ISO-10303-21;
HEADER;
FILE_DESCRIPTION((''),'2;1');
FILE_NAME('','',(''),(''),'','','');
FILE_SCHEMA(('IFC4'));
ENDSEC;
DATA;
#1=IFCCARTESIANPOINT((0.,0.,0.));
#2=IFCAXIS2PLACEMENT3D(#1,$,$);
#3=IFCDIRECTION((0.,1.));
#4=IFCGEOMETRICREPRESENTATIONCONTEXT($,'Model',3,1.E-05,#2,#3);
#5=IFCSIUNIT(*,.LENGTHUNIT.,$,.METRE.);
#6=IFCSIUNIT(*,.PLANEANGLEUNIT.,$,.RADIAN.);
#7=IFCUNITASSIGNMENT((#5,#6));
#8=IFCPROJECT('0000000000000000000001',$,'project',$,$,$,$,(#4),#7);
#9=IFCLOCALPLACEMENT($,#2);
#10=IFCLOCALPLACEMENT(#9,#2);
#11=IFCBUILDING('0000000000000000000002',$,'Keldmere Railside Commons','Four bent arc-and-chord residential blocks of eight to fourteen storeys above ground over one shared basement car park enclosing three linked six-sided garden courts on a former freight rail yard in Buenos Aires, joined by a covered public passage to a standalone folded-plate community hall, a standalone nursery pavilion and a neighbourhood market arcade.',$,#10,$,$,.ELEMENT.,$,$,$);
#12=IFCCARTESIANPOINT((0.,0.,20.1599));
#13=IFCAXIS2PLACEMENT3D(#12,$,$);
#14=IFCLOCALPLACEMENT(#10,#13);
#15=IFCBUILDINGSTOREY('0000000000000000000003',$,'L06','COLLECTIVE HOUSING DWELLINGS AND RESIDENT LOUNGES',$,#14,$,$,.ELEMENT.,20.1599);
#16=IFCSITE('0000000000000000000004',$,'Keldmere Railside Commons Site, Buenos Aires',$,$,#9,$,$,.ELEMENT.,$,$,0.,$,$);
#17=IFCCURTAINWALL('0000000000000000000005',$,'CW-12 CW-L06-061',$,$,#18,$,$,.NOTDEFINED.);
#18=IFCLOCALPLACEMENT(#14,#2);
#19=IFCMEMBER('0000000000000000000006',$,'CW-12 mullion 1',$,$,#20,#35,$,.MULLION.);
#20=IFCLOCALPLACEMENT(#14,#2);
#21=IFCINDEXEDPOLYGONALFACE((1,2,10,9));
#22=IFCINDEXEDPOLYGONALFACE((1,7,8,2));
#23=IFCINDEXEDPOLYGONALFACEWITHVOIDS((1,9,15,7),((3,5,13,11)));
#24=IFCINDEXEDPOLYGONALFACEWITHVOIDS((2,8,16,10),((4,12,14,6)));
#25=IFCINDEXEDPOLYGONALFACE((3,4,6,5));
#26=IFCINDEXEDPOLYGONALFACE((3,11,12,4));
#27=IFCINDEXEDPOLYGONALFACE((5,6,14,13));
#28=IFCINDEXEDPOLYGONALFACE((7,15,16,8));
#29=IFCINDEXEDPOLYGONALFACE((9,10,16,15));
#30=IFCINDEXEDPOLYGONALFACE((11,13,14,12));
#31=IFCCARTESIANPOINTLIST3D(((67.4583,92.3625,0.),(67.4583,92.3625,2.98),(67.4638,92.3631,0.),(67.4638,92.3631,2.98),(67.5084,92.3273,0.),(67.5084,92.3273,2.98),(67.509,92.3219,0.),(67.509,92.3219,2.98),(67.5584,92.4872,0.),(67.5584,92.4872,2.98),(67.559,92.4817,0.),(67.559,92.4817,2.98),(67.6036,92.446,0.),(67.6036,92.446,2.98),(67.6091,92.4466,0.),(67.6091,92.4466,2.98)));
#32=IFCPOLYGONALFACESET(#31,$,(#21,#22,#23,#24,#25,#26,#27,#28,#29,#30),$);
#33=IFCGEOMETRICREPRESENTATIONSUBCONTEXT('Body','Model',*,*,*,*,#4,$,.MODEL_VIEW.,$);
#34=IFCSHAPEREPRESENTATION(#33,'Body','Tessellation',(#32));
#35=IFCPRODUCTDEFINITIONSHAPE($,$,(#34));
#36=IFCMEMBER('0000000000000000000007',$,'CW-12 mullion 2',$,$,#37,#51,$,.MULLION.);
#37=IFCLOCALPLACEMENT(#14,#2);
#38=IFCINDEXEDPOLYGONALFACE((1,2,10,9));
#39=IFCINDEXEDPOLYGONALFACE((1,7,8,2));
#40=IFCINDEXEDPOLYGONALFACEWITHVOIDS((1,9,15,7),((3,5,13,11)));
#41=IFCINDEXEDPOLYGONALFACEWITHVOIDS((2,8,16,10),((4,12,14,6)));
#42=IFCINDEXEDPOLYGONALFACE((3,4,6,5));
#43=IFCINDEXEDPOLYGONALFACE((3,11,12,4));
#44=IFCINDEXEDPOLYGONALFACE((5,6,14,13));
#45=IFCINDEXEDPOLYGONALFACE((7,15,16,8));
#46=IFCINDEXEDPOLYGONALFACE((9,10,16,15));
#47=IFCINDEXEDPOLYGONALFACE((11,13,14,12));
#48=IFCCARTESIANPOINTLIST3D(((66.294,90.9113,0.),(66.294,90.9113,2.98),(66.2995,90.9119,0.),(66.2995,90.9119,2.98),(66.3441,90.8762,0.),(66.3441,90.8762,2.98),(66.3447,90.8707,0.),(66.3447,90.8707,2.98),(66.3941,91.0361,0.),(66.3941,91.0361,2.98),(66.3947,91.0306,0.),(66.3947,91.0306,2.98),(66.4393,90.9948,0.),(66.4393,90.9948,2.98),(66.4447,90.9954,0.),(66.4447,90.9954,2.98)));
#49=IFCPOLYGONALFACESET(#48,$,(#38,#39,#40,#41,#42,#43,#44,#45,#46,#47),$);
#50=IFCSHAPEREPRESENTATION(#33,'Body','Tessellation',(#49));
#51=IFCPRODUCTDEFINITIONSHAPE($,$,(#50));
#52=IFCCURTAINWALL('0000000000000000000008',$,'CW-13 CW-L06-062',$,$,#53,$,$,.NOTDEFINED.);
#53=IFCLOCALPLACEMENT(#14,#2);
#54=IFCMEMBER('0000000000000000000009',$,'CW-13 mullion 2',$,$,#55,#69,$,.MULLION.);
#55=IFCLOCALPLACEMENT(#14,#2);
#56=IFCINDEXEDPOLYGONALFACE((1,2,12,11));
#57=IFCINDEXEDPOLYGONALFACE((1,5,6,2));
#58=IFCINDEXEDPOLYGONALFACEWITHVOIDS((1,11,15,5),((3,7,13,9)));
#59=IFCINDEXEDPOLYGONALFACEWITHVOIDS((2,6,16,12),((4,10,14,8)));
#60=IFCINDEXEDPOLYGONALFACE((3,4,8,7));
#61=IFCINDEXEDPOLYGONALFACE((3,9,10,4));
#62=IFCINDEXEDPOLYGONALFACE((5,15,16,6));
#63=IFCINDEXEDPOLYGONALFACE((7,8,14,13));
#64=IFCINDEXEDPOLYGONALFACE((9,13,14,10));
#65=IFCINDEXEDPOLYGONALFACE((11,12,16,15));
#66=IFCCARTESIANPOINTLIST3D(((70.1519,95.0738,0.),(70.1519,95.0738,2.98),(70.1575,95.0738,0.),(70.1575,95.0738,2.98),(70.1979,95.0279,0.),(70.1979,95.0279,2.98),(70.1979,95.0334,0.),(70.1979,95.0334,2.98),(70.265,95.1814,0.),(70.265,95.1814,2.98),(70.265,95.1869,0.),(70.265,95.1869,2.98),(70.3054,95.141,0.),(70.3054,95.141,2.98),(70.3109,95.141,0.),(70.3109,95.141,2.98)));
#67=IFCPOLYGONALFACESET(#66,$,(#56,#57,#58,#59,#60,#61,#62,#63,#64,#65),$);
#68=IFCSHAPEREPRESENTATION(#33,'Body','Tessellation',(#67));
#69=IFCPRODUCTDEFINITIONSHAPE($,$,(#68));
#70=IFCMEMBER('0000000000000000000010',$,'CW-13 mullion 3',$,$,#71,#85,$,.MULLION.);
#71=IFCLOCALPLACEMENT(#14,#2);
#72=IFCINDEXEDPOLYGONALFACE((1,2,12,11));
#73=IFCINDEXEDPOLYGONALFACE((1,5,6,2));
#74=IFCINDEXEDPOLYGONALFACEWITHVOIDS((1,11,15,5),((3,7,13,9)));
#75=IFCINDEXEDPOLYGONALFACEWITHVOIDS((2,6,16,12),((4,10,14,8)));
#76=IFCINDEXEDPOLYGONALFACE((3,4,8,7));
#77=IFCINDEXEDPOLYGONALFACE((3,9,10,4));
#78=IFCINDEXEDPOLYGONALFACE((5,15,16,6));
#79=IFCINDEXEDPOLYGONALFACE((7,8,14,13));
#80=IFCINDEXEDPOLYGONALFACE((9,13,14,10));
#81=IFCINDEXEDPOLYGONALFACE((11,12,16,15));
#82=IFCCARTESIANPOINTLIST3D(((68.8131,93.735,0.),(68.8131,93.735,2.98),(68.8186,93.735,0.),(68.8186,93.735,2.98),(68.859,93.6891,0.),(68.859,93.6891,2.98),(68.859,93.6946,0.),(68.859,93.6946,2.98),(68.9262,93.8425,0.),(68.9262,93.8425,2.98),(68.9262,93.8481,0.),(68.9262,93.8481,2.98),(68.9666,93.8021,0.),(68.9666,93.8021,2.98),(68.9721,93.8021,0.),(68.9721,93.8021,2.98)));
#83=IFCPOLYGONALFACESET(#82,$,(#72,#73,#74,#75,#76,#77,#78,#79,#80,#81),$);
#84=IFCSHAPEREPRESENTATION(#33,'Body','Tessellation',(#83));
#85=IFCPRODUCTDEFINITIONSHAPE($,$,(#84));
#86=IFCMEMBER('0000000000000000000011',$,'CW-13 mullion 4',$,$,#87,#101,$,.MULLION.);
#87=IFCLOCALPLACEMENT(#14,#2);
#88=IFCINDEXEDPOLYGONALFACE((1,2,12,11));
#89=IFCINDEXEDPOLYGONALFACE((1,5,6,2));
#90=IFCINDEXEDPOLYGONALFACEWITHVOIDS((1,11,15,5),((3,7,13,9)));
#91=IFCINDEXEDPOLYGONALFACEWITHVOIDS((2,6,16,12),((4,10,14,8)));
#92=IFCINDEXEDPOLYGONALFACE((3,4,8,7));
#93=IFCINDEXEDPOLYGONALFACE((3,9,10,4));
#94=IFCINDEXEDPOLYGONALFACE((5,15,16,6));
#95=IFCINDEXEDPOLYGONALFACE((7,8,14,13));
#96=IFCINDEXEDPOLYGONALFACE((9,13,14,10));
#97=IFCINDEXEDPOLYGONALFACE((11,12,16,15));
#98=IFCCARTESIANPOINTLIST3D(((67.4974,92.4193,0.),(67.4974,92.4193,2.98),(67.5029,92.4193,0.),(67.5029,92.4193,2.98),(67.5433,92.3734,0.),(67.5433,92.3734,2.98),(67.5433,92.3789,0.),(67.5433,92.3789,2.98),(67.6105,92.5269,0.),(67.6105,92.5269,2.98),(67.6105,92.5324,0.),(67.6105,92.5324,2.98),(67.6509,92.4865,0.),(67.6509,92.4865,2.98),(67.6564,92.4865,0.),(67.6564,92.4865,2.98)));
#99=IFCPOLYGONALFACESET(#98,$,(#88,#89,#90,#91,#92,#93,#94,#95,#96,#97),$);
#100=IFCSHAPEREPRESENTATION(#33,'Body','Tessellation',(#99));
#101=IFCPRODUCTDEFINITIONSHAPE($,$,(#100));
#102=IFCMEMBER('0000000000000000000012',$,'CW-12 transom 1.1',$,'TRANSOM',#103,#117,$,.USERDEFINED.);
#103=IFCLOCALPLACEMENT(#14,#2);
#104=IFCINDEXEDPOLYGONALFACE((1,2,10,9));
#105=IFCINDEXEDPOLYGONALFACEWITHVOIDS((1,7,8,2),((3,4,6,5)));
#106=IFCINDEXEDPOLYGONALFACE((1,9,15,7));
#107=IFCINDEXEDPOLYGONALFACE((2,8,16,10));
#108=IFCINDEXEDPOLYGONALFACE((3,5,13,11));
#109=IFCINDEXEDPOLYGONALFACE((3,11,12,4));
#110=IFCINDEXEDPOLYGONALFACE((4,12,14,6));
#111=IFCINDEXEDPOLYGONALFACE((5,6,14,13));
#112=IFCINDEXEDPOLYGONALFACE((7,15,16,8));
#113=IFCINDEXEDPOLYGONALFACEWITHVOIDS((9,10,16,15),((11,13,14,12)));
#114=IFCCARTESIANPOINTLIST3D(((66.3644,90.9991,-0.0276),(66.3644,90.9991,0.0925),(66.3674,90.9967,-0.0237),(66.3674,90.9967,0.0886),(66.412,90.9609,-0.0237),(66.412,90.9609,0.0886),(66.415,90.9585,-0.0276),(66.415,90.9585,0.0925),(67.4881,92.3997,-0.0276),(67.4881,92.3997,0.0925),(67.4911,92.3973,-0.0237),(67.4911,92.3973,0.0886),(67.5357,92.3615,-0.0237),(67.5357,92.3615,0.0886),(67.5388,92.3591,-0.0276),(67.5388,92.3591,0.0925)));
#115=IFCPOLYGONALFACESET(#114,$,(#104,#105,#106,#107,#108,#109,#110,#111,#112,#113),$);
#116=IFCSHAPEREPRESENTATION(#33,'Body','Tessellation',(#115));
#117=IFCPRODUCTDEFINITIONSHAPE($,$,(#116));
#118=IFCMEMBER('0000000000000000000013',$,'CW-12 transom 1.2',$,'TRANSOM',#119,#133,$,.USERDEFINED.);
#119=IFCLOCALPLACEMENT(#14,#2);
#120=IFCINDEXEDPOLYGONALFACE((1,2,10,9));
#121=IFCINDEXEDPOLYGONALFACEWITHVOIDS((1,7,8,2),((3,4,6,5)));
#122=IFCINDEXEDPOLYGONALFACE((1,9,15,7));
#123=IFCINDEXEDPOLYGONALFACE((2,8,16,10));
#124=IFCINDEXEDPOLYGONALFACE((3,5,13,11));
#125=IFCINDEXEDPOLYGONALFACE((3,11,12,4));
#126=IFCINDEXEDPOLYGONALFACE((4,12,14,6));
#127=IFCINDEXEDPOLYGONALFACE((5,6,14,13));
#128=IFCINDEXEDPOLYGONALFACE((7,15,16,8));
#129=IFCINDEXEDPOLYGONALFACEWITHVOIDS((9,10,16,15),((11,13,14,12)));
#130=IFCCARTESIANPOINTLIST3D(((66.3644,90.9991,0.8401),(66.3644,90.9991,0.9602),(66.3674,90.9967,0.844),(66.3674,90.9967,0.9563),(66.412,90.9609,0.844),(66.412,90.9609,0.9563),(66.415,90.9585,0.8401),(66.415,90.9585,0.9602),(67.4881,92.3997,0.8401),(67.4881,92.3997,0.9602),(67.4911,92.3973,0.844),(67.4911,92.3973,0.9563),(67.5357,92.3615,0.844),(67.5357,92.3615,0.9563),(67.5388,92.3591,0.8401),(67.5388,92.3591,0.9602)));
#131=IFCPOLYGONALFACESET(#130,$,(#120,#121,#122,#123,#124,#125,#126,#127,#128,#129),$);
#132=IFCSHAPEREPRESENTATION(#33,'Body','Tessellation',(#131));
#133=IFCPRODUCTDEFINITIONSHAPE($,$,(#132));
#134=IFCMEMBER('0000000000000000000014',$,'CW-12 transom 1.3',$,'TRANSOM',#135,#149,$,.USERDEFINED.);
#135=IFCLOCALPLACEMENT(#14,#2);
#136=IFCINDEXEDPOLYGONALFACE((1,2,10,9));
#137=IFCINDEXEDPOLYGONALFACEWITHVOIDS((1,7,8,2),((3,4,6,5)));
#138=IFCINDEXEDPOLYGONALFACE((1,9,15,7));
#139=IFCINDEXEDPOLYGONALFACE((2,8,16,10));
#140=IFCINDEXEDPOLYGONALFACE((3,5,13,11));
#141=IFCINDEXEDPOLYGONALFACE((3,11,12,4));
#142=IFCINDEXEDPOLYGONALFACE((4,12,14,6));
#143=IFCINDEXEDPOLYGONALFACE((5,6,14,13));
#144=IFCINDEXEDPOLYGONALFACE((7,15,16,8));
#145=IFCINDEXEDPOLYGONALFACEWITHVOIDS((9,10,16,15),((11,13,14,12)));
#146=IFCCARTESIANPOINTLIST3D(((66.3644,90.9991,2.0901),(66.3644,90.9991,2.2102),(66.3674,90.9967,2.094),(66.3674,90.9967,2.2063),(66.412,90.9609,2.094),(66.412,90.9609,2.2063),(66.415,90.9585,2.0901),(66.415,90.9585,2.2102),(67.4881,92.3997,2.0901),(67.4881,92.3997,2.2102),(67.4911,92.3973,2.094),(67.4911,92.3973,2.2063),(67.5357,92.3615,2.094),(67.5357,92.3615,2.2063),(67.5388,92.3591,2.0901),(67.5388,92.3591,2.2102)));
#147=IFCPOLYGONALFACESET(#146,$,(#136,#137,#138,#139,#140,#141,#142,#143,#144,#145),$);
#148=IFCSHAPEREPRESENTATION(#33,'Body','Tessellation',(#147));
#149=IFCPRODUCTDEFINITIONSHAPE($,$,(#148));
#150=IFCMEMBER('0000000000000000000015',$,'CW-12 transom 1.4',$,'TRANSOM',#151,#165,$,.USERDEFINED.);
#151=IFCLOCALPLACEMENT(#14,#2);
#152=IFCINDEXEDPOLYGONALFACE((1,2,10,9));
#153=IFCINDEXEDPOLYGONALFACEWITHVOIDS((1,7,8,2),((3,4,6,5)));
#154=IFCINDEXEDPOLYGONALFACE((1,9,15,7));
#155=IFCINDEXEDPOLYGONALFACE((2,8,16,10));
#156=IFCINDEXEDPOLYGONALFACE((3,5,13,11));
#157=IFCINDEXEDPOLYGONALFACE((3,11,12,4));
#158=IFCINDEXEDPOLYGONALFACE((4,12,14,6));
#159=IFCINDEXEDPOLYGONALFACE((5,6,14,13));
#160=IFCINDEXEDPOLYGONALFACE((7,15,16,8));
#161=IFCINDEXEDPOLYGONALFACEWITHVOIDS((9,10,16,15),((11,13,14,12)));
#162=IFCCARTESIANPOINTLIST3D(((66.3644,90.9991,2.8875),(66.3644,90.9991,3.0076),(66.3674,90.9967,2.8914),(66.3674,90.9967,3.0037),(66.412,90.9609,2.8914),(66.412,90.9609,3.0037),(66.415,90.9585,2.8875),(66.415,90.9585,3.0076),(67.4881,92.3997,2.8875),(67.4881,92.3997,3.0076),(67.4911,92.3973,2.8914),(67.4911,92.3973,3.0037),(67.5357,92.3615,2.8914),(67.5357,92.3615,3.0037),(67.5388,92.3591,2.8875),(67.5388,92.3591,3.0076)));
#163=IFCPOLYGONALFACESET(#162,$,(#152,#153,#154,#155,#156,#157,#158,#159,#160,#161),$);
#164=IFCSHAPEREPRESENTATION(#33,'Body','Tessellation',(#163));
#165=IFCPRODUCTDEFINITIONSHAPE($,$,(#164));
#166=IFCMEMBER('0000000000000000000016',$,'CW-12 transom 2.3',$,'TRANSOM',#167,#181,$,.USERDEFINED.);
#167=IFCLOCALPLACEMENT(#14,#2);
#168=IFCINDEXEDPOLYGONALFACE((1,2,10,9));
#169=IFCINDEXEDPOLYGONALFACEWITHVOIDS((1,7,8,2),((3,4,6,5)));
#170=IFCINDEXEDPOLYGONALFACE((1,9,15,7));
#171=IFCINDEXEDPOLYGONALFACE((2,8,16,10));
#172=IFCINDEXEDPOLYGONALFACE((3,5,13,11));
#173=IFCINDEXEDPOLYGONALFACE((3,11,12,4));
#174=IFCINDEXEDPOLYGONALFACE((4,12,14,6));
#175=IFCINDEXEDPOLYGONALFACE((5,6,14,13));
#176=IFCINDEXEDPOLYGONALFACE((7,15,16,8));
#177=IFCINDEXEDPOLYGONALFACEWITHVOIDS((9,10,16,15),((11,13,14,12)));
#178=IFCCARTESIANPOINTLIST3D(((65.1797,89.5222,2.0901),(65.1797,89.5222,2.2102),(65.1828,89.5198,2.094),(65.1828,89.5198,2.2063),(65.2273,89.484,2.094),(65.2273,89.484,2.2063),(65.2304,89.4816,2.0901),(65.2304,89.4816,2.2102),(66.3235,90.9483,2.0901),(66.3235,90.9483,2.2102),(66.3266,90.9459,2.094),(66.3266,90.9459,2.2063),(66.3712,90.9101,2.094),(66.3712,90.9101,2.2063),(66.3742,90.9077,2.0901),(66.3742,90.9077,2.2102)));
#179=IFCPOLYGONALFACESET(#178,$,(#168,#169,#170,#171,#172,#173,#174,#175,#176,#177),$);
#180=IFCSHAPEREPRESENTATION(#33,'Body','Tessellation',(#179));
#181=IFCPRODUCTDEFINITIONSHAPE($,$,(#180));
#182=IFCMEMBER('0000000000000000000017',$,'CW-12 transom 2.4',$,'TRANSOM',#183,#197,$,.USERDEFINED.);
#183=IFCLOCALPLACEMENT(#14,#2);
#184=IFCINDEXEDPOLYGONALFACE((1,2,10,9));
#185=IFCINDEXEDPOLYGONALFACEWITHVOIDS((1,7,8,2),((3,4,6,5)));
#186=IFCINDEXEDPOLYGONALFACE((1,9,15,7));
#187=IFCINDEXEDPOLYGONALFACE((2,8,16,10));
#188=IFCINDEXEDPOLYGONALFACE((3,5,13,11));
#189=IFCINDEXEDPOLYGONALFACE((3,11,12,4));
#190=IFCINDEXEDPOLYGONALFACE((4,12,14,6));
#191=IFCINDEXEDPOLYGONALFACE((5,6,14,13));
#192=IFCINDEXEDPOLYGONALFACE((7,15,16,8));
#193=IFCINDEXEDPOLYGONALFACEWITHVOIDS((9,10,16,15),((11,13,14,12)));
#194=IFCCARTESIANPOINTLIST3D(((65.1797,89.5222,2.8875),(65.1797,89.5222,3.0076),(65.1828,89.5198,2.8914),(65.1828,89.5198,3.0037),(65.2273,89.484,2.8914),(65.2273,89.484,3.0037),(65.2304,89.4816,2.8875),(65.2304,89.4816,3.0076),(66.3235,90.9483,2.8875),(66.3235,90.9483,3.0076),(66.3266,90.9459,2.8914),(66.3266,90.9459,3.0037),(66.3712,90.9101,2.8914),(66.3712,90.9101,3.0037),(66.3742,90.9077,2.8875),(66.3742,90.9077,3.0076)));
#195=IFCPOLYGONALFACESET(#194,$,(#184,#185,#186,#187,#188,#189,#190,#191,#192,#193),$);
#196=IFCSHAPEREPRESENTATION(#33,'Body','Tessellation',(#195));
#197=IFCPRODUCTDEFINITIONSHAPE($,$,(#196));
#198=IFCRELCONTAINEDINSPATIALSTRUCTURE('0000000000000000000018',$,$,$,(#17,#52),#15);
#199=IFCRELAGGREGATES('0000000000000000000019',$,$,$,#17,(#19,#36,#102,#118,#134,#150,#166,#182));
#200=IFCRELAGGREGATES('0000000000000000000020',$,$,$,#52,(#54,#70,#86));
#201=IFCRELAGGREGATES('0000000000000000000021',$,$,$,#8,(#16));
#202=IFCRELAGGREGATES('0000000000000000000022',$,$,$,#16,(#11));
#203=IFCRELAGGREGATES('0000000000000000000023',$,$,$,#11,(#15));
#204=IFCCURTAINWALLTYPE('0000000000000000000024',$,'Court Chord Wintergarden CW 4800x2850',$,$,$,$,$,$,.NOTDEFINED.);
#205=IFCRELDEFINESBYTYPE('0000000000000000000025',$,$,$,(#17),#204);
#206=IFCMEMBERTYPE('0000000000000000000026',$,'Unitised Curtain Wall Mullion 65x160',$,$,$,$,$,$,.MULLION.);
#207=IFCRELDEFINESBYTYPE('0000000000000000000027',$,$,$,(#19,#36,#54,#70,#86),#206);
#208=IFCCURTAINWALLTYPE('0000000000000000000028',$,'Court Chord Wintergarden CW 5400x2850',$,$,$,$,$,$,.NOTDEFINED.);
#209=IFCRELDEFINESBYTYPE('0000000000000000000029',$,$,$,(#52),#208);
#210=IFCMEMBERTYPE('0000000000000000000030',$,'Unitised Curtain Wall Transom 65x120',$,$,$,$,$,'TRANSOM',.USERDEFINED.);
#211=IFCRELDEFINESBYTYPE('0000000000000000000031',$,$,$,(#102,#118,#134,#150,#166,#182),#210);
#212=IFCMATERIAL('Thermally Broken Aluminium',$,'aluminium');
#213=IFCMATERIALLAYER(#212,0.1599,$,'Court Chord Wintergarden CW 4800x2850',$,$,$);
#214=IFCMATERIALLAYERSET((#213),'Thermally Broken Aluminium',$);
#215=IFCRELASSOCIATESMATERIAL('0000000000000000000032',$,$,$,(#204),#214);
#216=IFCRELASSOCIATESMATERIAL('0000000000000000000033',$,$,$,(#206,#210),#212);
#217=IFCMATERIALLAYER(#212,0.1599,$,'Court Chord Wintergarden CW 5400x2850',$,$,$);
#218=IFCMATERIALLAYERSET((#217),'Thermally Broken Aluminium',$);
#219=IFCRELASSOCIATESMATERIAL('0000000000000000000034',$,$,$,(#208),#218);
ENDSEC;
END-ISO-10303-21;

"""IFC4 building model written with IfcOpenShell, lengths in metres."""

from ifc_helpers import new_model, si_unit, direction, frame, origin, origin_2d, place, context, subcontext, project, spatial, hollow_rectangle, extrude, material, layer, layer_set, material_profile, profile_set, type_object, element, aggregate, save


model = new_model("IFC4")

# Units and contexts
model_context = context("Model", 3, precision=1e-05, world=origin(), true_north=direction((0.0, 1.0)))
body_context = subcontext(model_context, "Body", "Model", "MODEL_VIEW")
ifc_project = project(units=[si_unit("LENGTHUNIT", "METRE"), si_unit("PLANEANGLEUNIT", "RADIAN")], contexts=[model_context])

# Site, building, storey
site_placement = place(None, origin())
site = spatial("IfcSite", under=ifc_project, at=site_placement, Name="Keldmere Railside Commons Site, Buenos Aires", CompositionType="ELEMENT", RefElevation=0.0)
building_placement = place(site_placement, origin())
building = spatial("IfcBuilding", under=site, at=building_placement, Name="Keldmere Railside Commons", Description="Four bent arc-and-chord residential blocks of eight to fourteen storeys above ground over one shared basement car park enclosing three linked six-sided garden courts on a former freight rail yard in Buenos Aires, joined by a covered public passage to a standalone folded-plate community hall, a standalone nursery pavilion and a neighbourhood market arcade.", CompositionType="ELEMENT")
storey_placement = place(building_placement, frame((0.0, 0.0, 20.1599)))
storey = spatial("IfcBuildingStorey", under=building, at=storey_placement, Name="L06", Description="COLLECTIVE HOUSING DWELLINGS AND RESIDENT LOUNGES", CompositionType="ELEMENT", Elevation=20.1599)

# Curtain walls, members
ifc_material_1 = material(Name="Thermally Broken Aluminium", Category="aluminium")
ifc_layer_1 = layer(ifc_material_1, 0.1599, Name="Court Chord Wintergarden CW 4800x2850")
ifc_layer_set_1 = layer_set([ifc_layer_1], Name="Thermally Broken Aluminium")
curtain_wall_type_1 = type_object("IfcCurtainWallType", Name="Court Chord Wintergarden CW 4800x2850", PredefinedType="NOTDEFINED", material=ifc_layer_set_1)
curtain_wall_1_placement = place(storey_placement, origin())
curtain_wall_1 = element("IfcCurtainWall", 1, at=curtain_wall_1_placement, inside=storey, type_object=curtain_wall_type_1, Name="CW-12 CW-L06-061", PredefinedType="NOTDEFINED")
ifc_material_profile_1 = material_profile(ifc_material_1, hollow_rectangle(XDim=0.0649, YDim=0.1599, WallThickness=0.0039, at=origin_2d()), Name="ALU-MULL-65x160")
ifc_profile_set_1 = profile_set([ifc_material_profile_1], Name="Thermally Broken Aluminium")
member_type_1 = type_object("IfcMemberType", Name="Unitised Curtain Wall Mullion 65x160", PredefinedType="MULLION", material=ifc_profile_set_1)
member_1_placement = place(storey_placement, frame((67.5337, 92.4045, 0.0), z_axis=(0.0, 0.0, 1.0), x_axis=(0.780009, -0.625768, 0.0)))
member_1 = element("IfcMember", 2, at=member_1_placement, type_object=member_type_1, Name="CW-12 mullion 1", PredefinedType="MULLION", context=body_context, shape_type="SweptSolid", body=[
    extrude(hollow_rectangle(XDim=0.0649, YDim=0.1599, WallThickness=0.0039, at=origin_2d()), origin(), (0.0, 0.0, 1.0), 2.98),
])
member_2_placement = place(storey_placement, frame((66.3694, 90.9534, 0.0), z_axis=(0.0, 0.0, 1.0), x_axis=(0.780009, -0.625768, 0.0)))
member_2 = element("IfcMember", 3, at=member_2_placement, type_object=member_type_1, Name="CW-12 mullion 2", PredefinedType="MULLION", context=body_context, shape_type="SweptSolid", body=[
    extrude(hollow_rectangle(XDim=0.0649, YDim=0.1599, WallThickness=0.0039, at=origin_2d()), origin(), (0.0, 0.0, 1.0), 2.98),
])
ifc_layer_2 = layer(ifc_material_1, 0.1599, Name="Court Chord Wintergarden CW 5400x2850")
ifc_layer_set_2 = layer_set([ifc_layer_2], Name="Thermally Broken Aluminium")
curtain_wall_type_2 = type_object("IfcCurtainWallType", Name="Court Chord Wintergarden CW 5400x2850", PredefinedType="NOTDEFINED", material=ifc_layer_set_2)
curtain_wall_2_placement = place(storey_placement, origin())
curtain_wall_2 = element("IfcCurtainWall", 4, at=curtain_wall_2_placement, inside=storey, type_object=curtain_wall_type_2, Name="CW-13 CW-L06-062", PredefinedType="NOTDEFINED")
member_3_placement = place(storey_placement, frame((70.2314, 95.1074, 0.0), z_axis=(0.0, 0.0, 1.0), x_axis=(0.707107, -0.707107, 0.0)))
member_3 = element("IfcMember", 5, at=member_3_placement, type_object=member_type_1, Name="CW-13 mullion 2", PredefinedType="MULLION", context=body_context, shape_type="SweptSolid", body=[
    extrude(hollow_rectangle(XDim=0.0649, YDim=0.1599, WallThickness=0.0039, at=origin_2d()), origin(), (0.0, 0.0, 1.0), 2.98),
])
member_4_placement = place(storey_placement, frame((68.8926, 93.7686, 0.0), z_axis=(0.0, 0.0, 1.0), x_axis=(0.707107, -0.707107, 0.0)))
member_4 = element("IfcMember", 6, at=member_4_placement, type_object=member_type_1, Name="CW-13 mullion 3", PredefinedType="MULLION", context=body_context, shape_type="SweptSolid", body=[
    extrude(hollow_rectangle(XDim=0.0649, YDim=0.1599, WallThickness=0.0039, at=origin_2d()), origin(), (0.0, 0.0, 1.0), 2.98),
])
member_5_placement = place(storey_placement, frame((67.5769, 92.4529, 0.0), z_axis=(0.0, 0.0, 1.0), x_axis=(0.707107, -0.707107, 0.0)))
member_5 = element("IfcMember", 7, at=member_5_placement, type_object=member_type_1, Name="CW-13 mullion 4", PredefinedType="MULLION", context=body_context, shape_type="SweptSolid", body=[
    extrude(hollow_rectangle(XDim=0.0649, YDim=0.1599, WallThickness=0.0039, at=origin_2d()), origin(), (0.0, 0.0, 1.0), 2.98),
])

# Members
ifc_material_profile_2 = material_profile(ifc_material_1, hollow_rectangle(XDim=0.0649, YDim=0.1201, WallThickness=0.0039, at=origin_2d()), Name="ALU-TRAN-65x120")
ifc_profile_set_2 = profile_set([ifc_material_profile_2], Name="Thermally Broken Aluminium")
member_type_2 = type_object("IfcMemberType", Name="Unitised Curtain Wall Transom 65x120", ElementType="TRANSOM", PredefinedType="USERDEFINED", material=ifc_profile_set_2)
member_6_placement = place(storey_placement, frame((67.5134, 92.3794, 0.0325), z_axis=(-0.625805, -0.779979, 0.0), x_axis=(0.779979, -0.625805, 0.0)))
member_6 = element("IfcMember", 8, at=member_6_placement, type_object=member_type_2, Name="CW-12 transom 1.1", ObjectType="TRANSOM", PredefinedType="USERDEFINED", context=body_context, shape_type="SweptSolid", body=[
    extrude(hollow_rectangle(XDim=0.0649, YDim=0.1201, WallThickness=0.0039, at=origin_2d()), origin(), (0.0, 0.0, 1.0), 1.7957),
])
member_7_placement = place(storey_placement, frame((67.5134, 92.3794, 0.9001), z_axis=(-0.625805, -0.779979, 0.0), x_axis=(0.779979, -0.625805, 0.0)))
member_7 = element("IfcMember", 9, at=member_7_placement, type_object=member_type_2, Name="CW-12 transom 1.2", ObjectType="TRANSOM", PredefinedType="USERDEFINED", context=body_context, shape_type="SweptSolid", body=[
    extrude(hollow_rectangle(XDim=0.0649, YDim=0.1201, WallThickness=0.0039, at=origin_2d()), origin(), (0.0, 0.0, 1.0), 1.7957),
])
member_8_placement = place(storey_placement, frame((67.5134, 92.3794, 2.1501), z_axis=(-0.625805, -0.779979, 0.0), x_axis=(0.779979, -0.625805, 0.0)))
member_8 = element("IfcMember", 10, at=member_8_placement, type_object=member_type_2, Name="CW-12 transom 1.3", ObjectType="TRANSOM", PredefinedType="USERDEFINED", context=body_context, shape_type="SweptSolid", body=[
    extrude(hollow_rectangle(XDim=0.0649, YDim=0.1201, WallThickness=0.0039, at=origin_2d()), origin(), (0.0, 0.0, 1.0), 1.7957),
])
member_9_placement = place(storey_placement, frame((67.5134, 92.3794, 2.9475), z_axis=(-0.625805, -0.779979, 0.0), x_axis=(0.779979, -0.625805, 0.0)))
member_9 = element("IfcMember", 11, at=member_9_placement, type_object=member_type_2, Name="CW-12 transom 1.4", ObjectType="TRANSOM", PredefinedType="USERDEFINED", context=body_context, shape_type="SweptSolid", body=[
    extrude(hollow_rectangle(XDim=0.0649, YDim=0.1201, WallThickness=0.0039, at=origin_2d()), origin(), (0.0, 0.0, 1.0), 1.7957),
])
member_10_placement = place(storey_placement, frame((66.3489, 90.928, 2.1501), z_axis=(-0.625688, -0.780073, 0.0), x_axis=(0.780073, -0.625688, 0.0)))
member_10 = element("IfcMember", 12, at=member_10_placement, type_object=member_type_2, Name="CW-12 transom 2.3", ObjectType="TRANSOM", PredefinedType="USERDEFINED", context=body_context, shape_type="SweptSolid", body=[
    extrude(hollow_rectangle(XDim=0.0649, YDim=0.1201, WallThickness=0.0039, at=origin_2d()), origin(), (0.0, 0.0, 1.0), 1.8281),
])
member_11_placement = place(storey_placement, frame((66.3489, 90.928, 2.9475), z_axis=(-0.625688, -0.780073, 0.0), x_axis=(0.780073, -0.625688, 0.0)))
member_11 = element("IfcMember", 13, at=member_11_placement, type_object=member_type_2, Name="CW-12 transom 2.4", ObjectType="TRANSOM", PredefinedType="USERDEFINED", context=body_context, shape_type="SweptSolid", body=[
    extrude(hollow_rectangle(XDim=0.0649, YDim=0.1201, WallThickness=0.0039, at=origin_2d()), origin(), (0.0, 0.0, 1.0), 1.8281),
])

aggregate(curtain_wall_1, [member_1, member_2, member_6, member_7, member_8, member_9, member_10, member_11])
aggregate(curtain_wall_2, [member_3, member_4, member_5])

save(model, "model.ifc")
